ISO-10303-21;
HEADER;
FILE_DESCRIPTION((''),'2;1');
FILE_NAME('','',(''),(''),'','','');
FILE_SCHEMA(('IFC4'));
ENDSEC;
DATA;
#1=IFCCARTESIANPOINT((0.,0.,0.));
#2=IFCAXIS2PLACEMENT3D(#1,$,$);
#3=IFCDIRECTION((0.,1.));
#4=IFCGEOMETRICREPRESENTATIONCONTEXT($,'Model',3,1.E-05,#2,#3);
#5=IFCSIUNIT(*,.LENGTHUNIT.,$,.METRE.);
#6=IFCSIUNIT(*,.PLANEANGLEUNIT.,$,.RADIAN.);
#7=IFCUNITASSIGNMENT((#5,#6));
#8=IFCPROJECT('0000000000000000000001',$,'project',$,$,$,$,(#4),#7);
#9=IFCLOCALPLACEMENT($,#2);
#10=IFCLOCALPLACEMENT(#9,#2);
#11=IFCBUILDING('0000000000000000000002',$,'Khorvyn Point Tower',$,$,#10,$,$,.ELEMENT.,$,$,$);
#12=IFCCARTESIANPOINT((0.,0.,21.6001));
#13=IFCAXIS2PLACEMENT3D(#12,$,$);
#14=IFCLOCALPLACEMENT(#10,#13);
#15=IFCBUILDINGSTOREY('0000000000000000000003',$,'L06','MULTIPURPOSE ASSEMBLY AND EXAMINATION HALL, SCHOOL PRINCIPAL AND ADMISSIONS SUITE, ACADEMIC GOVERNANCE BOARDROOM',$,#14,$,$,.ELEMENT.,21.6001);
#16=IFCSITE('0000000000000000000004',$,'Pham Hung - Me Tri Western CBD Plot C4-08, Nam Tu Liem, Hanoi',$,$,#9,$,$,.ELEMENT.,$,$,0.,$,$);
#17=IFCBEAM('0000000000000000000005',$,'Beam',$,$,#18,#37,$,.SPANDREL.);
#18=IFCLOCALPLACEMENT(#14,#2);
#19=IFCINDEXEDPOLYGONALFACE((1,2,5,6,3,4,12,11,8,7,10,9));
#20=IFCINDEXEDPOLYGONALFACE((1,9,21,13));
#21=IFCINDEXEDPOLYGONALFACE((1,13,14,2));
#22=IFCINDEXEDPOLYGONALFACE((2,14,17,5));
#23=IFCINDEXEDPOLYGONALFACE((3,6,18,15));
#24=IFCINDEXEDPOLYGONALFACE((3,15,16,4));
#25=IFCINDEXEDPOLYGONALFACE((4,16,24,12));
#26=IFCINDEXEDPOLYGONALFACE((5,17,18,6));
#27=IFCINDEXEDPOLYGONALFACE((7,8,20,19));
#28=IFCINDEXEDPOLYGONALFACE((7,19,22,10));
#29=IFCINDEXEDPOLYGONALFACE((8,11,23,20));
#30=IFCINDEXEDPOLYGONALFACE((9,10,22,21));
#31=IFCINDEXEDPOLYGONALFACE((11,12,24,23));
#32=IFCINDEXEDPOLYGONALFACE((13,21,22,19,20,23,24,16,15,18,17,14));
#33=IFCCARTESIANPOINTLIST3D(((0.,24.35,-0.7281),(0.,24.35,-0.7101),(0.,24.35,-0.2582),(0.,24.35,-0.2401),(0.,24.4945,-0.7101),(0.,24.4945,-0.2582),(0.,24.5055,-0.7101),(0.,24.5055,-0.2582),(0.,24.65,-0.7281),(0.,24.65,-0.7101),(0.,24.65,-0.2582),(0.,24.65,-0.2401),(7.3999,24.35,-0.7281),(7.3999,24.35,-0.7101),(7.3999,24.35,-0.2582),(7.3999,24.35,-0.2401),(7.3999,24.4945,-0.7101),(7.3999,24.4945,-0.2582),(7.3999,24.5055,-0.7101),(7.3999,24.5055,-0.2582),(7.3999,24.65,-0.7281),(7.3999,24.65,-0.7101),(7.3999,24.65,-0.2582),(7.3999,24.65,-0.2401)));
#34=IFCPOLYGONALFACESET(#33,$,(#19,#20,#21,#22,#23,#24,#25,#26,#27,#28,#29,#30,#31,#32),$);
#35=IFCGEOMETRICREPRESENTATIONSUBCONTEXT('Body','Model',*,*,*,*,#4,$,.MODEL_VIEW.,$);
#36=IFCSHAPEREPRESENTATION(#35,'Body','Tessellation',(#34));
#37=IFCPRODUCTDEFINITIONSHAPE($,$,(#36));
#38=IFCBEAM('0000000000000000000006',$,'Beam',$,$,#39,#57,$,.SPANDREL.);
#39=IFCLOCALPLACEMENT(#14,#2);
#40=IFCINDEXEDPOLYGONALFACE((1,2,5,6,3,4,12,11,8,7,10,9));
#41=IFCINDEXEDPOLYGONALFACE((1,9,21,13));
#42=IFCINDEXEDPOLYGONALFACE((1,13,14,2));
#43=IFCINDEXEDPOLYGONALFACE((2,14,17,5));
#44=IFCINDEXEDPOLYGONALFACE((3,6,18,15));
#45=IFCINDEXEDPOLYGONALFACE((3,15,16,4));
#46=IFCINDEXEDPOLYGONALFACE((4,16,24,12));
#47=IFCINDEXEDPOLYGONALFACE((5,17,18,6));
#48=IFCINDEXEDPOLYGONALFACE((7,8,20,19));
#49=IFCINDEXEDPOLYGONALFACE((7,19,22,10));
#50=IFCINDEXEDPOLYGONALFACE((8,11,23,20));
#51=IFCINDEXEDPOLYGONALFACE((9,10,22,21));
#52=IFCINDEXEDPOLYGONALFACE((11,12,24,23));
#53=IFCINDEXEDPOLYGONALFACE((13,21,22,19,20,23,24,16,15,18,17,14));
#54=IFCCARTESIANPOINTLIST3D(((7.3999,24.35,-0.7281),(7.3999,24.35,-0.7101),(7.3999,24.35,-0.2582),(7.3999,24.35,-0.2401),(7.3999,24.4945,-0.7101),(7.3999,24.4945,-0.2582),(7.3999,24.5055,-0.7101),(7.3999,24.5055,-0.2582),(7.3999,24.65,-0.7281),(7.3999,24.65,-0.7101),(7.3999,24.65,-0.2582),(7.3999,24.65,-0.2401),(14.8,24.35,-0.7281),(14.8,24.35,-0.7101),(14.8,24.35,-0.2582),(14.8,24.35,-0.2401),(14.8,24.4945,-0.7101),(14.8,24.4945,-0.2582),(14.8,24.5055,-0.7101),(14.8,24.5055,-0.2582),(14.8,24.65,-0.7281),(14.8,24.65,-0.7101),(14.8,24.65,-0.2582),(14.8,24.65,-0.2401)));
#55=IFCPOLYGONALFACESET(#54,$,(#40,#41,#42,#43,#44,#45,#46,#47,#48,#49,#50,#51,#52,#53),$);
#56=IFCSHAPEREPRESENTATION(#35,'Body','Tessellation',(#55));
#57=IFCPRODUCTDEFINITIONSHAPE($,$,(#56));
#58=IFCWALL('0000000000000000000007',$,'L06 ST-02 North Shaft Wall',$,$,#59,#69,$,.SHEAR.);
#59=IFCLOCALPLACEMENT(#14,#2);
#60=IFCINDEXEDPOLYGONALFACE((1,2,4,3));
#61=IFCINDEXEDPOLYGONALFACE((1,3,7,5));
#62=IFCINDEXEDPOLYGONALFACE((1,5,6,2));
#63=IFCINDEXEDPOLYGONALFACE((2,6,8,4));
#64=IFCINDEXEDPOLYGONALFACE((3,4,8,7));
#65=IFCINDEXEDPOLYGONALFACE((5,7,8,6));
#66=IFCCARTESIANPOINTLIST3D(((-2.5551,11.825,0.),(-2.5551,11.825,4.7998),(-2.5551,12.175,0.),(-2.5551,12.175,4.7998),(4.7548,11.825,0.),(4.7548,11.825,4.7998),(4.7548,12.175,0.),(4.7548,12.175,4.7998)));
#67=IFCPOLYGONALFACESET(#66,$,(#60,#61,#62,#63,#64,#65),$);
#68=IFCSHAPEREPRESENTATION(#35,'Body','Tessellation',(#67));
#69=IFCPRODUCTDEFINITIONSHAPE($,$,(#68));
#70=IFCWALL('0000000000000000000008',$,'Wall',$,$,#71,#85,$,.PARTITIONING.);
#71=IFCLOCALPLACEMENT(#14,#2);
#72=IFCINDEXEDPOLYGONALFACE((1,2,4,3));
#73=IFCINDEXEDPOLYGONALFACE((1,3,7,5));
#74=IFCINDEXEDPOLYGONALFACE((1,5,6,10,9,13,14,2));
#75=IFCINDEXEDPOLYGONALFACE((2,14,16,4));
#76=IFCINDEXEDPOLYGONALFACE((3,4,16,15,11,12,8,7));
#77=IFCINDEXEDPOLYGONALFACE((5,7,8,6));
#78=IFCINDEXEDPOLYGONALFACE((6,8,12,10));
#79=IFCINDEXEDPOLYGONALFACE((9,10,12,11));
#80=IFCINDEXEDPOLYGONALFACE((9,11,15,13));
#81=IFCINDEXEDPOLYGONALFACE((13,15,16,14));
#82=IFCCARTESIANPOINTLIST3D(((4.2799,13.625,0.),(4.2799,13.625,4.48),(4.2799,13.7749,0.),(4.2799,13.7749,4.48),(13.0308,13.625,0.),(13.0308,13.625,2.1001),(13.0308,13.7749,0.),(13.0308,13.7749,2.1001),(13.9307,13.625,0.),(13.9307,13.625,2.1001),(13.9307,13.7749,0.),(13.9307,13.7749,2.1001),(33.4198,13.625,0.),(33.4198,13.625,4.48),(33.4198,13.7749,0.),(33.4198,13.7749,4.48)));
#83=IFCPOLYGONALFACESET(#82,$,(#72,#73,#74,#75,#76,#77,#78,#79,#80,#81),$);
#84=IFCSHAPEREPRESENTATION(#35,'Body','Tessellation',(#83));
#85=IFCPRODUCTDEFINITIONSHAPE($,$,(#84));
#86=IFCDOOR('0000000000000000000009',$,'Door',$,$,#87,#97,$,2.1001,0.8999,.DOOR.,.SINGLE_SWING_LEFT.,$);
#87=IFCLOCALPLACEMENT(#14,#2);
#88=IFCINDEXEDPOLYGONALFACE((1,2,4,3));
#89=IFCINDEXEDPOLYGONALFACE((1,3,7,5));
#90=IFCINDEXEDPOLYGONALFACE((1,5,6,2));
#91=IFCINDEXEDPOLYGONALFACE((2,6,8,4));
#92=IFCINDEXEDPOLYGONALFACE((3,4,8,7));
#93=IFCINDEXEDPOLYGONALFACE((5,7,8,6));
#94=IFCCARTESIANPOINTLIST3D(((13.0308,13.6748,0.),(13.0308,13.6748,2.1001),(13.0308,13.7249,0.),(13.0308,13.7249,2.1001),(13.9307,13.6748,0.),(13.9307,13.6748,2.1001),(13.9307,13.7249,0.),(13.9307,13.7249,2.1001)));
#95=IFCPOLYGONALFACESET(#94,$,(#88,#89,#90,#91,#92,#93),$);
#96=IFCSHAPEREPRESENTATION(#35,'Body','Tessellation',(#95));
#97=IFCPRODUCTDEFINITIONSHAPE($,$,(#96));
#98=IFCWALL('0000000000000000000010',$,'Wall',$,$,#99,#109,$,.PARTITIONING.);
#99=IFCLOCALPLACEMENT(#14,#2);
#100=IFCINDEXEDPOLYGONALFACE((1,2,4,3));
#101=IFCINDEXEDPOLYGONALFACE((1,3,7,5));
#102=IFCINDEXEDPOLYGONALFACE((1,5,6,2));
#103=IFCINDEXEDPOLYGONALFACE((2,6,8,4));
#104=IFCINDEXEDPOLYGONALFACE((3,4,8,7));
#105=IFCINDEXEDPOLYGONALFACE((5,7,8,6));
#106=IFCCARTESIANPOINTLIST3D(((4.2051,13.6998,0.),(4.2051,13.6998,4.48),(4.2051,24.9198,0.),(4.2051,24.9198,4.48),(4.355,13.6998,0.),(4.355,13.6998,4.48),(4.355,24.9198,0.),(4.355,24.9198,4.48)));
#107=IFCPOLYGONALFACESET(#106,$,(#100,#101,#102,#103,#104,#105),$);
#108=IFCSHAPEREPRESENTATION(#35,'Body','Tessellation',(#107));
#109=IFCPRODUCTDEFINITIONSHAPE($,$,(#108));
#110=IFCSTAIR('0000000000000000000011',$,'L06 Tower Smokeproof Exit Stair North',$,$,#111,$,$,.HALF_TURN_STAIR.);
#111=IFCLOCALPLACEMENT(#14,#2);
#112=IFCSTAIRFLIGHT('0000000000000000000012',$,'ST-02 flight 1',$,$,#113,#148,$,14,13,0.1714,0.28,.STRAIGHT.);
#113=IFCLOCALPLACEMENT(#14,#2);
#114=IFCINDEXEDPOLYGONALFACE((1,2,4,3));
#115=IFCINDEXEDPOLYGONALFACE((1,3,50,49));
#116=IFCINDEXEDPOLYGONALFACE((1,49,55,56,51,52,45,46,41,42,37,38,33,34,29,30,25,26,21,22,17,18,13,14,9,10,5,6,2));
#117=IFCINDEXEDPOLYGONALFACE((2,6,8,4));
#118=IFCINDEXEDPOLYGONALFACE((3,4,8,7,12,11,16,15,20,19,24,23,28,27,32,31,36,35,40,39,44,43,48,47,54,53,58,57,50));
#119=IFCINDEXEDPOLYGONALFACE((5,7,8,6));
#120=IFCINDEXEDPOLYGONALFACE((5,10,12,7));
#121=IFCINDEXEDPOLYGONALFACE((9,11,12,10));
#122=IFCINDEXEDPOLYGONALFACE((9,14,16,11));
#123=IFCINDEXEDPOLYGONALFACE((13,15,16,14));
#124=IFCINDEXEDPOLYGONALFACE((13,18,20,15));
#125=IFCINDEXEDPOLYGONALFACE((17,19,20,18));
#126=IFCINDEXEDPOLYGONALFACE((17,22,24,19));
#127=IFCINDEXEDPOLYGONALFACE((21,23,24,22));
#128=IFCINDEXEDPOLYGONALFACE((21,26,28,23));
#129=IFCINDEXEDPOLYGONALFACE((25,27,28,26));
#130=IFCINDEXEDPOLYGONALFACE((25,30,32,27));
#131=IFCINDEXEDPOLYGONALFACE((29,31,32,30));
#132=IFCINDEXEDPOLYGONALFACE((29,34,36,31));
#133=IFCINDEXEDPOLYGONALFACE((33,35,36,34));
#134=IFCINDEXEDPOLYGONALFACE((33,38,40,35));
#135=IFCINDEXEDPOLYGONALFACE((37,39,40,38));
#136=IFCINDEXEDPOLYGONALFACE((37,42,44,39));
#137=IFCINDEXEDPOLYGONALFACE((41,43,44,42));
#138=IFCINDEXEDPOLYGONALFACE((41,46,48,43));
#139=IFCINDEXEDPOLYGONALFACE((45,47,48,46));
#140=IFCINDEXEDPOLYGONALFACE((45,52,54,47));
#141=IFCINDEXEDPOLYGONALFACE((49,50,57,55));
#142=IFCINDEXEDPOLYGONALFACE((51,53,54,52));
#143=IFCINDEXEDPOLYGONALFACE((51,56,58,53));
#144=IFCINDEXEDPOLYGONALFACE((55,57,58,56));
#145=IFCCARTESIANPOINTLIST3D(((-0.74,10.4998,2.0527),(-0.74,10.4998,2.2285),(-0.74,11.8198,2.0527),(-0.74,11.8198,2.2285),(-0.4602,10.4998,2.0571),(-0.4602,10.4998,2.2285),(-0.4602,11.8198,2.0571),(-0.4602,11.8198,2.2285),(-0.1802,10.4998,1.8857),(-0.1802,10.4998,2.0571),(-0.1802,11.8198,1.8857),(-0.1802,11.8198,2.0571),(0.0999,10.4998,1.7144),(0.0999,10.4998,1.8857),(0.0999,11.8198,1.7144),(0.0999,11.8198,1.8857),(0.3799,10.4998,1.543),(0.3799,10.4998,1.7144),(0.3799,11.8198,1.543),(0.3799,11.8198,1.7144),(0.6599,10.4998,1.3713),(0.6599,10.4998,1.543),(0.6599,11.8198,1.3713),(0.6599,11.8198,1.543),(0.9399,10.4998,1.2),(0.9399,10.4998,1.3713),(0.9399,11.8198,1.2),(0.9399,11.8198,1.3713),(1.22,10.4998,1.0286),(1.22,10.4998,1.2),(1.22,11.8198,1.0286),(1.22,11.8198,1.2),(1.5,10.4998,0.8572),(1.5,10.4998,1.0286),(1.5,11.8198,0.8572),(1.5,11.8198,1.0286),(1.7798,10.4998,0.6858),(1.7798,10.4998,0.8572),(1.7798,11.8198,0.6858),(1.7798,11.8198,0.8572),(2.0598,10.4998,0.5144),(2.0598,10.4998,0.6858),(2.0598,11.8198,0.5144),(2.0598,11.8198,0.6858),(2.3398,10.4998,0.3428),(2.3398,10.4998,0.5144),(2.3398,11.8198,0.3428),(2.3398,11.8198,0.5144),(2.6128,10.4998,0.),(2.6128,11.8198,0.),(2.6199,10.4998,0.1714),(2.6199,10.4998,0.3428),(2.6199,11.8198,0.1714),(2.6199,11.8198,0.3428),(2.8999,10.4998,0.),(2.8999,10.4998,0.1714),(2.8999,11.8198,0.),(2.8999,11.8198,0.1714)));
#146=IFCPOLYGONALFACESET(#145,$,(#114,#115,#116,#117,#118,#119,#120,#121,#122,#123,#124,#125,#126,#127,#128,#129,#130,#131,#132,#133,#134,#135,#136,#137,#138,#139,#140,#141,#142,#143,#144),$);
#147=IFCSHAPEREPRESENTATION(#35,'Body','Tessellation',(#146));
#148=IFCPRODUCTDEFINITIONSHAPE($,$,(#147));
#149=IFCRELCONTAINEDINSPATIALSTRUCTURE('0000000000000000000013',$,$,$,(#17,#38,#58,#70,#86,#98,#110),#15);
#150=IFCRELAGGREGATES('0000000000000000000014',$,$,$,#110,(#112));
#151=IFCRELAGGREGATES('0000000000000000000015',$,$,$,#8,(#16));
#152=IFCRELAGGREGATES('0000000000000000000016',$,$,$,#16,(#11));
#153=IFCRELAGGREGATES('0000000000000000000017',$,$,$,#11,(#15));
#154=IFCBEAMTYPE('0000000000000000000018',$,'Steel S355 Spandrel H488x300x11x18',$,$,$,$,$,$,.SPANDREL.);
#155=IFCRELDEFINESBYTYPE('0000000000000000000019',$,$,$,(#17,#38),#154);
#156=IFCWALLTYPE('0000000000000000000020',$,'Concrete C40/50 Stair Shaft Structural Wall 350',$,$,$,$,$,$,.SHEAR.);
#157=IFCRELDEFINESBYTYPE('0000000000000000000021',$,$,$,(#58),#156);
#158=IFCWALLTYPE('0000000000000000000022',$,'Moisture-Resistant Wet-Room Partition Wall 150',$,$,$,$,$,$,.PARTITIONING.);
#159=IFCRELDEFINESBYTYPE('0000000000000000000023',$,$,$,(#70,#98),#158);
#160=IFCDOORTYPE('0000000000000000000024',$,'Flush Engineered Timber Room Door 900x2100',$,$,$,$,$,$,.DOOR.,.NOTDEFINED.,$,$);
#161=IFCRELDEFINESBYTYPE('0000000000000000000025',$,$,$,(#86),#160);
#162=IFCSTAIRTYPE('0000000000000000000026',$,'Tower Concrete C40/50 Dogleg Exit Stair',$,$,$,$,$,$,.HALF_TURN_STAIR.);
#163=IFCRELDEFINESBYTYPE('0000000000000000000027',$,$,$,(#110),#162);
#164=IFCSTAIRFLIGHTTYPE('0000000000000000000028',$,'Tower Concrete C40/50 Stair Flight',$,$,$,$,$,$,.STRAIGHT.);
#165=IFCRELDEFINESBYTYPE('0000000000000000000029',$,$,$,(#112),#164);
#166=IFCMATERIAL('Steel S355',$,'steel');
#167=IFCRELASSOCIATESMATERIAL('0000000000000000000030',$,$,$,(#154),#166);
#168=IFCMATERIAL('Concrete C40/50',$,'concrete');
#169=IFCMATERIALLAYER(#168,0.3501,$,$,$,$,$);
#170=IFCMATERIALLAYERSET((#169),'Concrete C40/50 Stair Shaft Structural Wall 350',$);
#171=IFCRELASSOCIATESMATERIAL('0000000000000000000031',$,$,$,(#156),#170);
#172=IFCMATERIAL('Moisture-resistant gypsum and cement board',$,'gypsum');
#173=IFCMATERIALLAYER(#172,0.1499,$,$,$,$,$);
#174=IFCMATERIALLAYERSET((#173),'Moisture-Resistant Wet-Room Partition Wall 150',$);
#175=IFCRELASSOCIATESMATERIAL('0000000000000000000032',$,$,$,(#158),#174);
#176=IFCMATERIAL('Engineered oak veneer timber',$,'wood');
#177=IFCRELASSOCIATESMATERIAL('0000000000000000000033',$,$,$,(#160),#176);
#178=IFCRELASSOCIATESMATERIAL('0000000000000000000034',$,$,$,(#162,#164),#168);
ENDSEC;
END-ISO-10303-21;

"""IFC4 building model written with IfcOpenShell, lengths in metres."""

from ifc_helpers import new_model, si_unit, direction, frame, frame_2d, origin, origin_2d, place, context, subcontext, project, spatial, polyline, rectangle, i_section, outline, extrude, material, layer, layer_set, material_profile, profile_set, type_object, element, fill, aggregate, save


model = new_model("IFC4")

# Units and contexts
model_context = context("Model", 3, precision=1e-05, world=origin(), true_north=direction((0.0, 1.0)))
body_context = subcontext(model_context, "Body", "Model", "MODEL_VIEW")
ifc_project = project(units=[si_unit("LENGTHUNIT", "METRE"), si_unit("PLANEANGLEUNIT", "RADIAN")], contexts=[model_context])

# Site, building, storey
site_placement = place(None, origin())
site = spatial("IfcSite", under=ifc_project, at=site_placement, Name="Pham Hung - Me Tri Western CBD Plot C4-08, Nam Tu Liem, Hanoi", CompositionType="ELEMENT", RefElevation=0.0)
building_placement = place(site_placement, origin())
building = spatial("IfcBuilding", under=site, at=building_placement, Name="Khorvyn Point Tower", CompositionType="ELEMENT")
storey_placement = place(building_placement, frame((0.0, 0.0, 21.6001)))
storey = spatial("IfcBuildingStorey", under=building, at=storey_placement, Name="L06", Description="MULTIPURPOSE ASSEMBLY AND EXAMINATION HALL, SCHOOL PRINCIPAL AND ADMISSIONS SUITE, ACADEMIC GOVERNANCE BOARDROOM", CompositionType="ELEMENT", Elevation=21.6001)

# Shared definitions
ifc_material_1 = material(Name="Concrete C40/50", Category="concrete")

# Beams
ifc_material_2 = material(Name="Steel S355", Category="steel")
ifc_material_profile_1 = material_profile(ifc_material_2, i_section(OverallWidth=0.3, OverallDepth=0.488, WebThickness=0.011, FlangeThickness=0.0181, at=origin_2d()))
ifc_profile_set_1 = profile_set([ifc_material_profile_1], Name="Steel S355 H488x300x11x18")
beam_type_1 = type_object("IfcBeamType", Name="Steel S355 Spandrel H488x300x11x18", PredefinedType="SPANDREL", material=ifc_profile_set_1)
beam_1_placement = place(storey_placement, frame((0.0, 24.5, -0.4841), z_axis=(1.0, 0.0, 0.0), x_axis=(0.0, 1.0, 0.0)))
element("IfcBeam", 1, at=beam_1_placement, inside=storey, type_object=beam_type_1, Name="Beam", PredefinedType="SPANDREL", context=body_context, shape_type="SweptSolid", body=[
    extrude(i_section(OverallWidth=0.3, OverallDepth=0.488, WebThickness=0.011, FlangeThickness=0.0181, at=origin_2d()), origin(), (0.0, 0.0, 1.0), 7.3999),
])
beam_2_placement = place(storey_placement, frame((7.3999, 24.5, -0.4841), z_axis=(1.0, 0.0, 0.0), x_axis=(0.0, 1.0, 0.0)))
element("IfcBeam", 2, at=beam_2_placement, inside=storey, type_object=beam_type_1, Name="Beam", PredefinedType="SPANDREL", context=body_context, shape_type="SweptSolid", body=[
    extrude(i_section(OverallWidth=0.3, OverallDepth=0.488, WebThickness=0.011, FlangeThickness=0.0181, at=origin_2d()), origin(), (0.0, 0.0, 1.0), 7.4001),
])

# Wall
ifc_layer_1 = layer(ifc_material_1, 0.3501)
ifc_layer_set_1 = layer_set([ifc_layer_1], Name="Concrete C40/50 Stair Shaft Structural Wall 350")
wall_type_1 = type_object("IfcWallType", Name="Concrete C40/50 Stair Shaft Structural Wall 350", PredefinedType="SHEAR", material=ifc_layer_set_1)
wall_1_placement = place(storey_placement, frame((-2.5549, 12.0, 0.0), z_axis=(0.0, 0.0, 1.0), x_axis=(1.0, 0.0, 0.0)))
element("IfcWall", 3, at=wall_1_placement, inside=storey, type_object=wall_type_1, Name="L06 ST-02 North Shaft Wall", PredefinedType="SHEAR", context=body_context, shape_type="SweptSolid", body=[
    extrude(rectangle(XDim=7.3098, YDim=0.3501, at=frame_2d((3.6548, 0.0))), origin(), (0.0, 0.0, 1.0), 4.7998),
])

# Wall, opening, door
ifc_material_3 = material(Name="Moisture-resistant gypsum and cement board", Category="gypsum")
ifc_layer_2 = layer(ifc_material_3, 0.1499)
ifc_layer_set_2 = layer_set([ifc_layer_2], Name="Moisture-Resistant Wet-Room Partition Wall 150")
wall_type_2 = type_object("IfcWallType", Name="Moisture-Resistant Wet-Room Partition Wall 150", PredefinedType="PARTITIONING", material=ifc_layer_set_2)
wall_2_placement = place(storey_placement, frame((4.28, 13.7, 0.0), z_axis=(0.0, 0.0, 1.0), x_axis=(1.0, 0.0, 0.0)))
wall_2 = element("IfcWall", 4, at=wall_2_placement, inside=storey, type_object=wall_type_2, Name="Wall", PredefinedType="PARTITIONING", context=body_context, shape_type="SweptSolid", body=[
    extrude(rectangle(XDim=29.1399, YDim=0.1499, at=frame_2d((14.5698, 0.0))), origin(), (0.0, 0.0, 1.0), 4.48),
])
opening_1_placement = place(wall_2_placement, frame((8.7507, 0.0, 0.0)))
opening_1 = element("IfcOpeningElement", 5, at=opening_1_placement, cuts=wall_2, PredefinedType="OPENING", context=body_context, shape_type="SweptSolid", body=[
    extrude(rectangle(XDim=0.8999, YDim=2.1001, at=frame_2d((0.45, 1.05))), frame((0.0, 0.085, 0.0), z_axis=(0.0, -1.0, 0.0), x_axis=(1.0, 0.0, 0.0)), (0.0, 0.0, 1.0), 0.1699),
])
ifc_material_4 = material(Name="Engineered oak veneer timber", Category="wood")
door_type_1 = type_object("IfcDoorType", Name="Flush Engineered Timber Room Door 900x2100", OperationType="NOTDEFINED", PredefinedType="DOOR", material=ifc_material_4)
door_1_placement = place(opening_1_placement, origin())
door_1 = element("IfcDoor", 6, at=door_1_placement, inside=storey, type_object=door_type_1, Name="Door", OperationType="SINGLE_SWING_LEFT", OverallHeight=2.1001, OverallWidth=0.8999, PredefinedType="DOOR", context=body_context, shape_type="SweptSolid", body=[
    extrude(rectangle(XDim=0.8999, YDim=2.1001, at=frame_2d((0.45, 1.05))), frame((0.0, 0.0249, 0.0), z_axis=(0.0, -1.0, 0.0), x_axis=(1.0, 0.0, 0.0)), (0.0, 0.0, 1.0), 0.05),
])
fill(opening_1, door_1)

# Wall
wall_3_placement = place(storey_placement, frame((4.28, 13.7, 0.0), z_axis=(0.0, 0.0, 1.0), x_axis=(0.0, 1.0, 0.0)))
element("IfcWall", 7, at=wall_3_placement, inside=storey, type_object=wall_type_2, Name="Wall", PredefinedType="PARTITIONING", context=body_context, shape_type="SweptSolid", body=[
    extrude(rectangle(XDim=11.22, YDim=0.1499, at=frame_2d((5.6099, 0.0))), origin(), (0.0, 0.0, 1.0), 4.48),
])

# Stair, stair flight
stair_type = type_object("IfcStairType", Name="Tower Concrete C40/50 Dogleg Exit Stair", PredefinedType="HALF_TURN_STAIR", material=ifc_material_1)
stair_placement = place(storey_placement, origin())
stair = element("IfcStair", 8, at=stair_placement, inside=storey, type_object=stair_type, Name="L06 Tower Smokeproof Exit Stair North", PredefinedType="HALF_TURN_STAIR")
stair_flight_type = type_object("IfcStairFlightType", Name="Tower Concrete C40/50 Stair Flight", PredefinedType="STRAIGHT", material=ifc_material_1)
stair_flight_1_placement = place(storey_placement, frame((2.8999, 11.1599, 0.0), z_axis=(0.0, 0.0, 1.0), x_axis=(-1.0, 0.0, 0.0)))
stair_flight_1 = element("IfcStairFlight", 9, at=stair_flight_1_placement, type_object=stair_flight_type, Name="ST-02 flight 1", NumberOfRisers=14, NumberOfTreads=13, PredefinedType="STRAIGHT", RiserHeight=0.1714, TreadLength=0.28, context=body_context, shape_type="SweptSolid", body=[
    extrude(outline(polyline([(0.0, 0.0), (0.0, 0.1714), (0.28, 0.1714), (0.28, 0.3428), (0.5601, 0.3428), (0.5601, 0.5144), (0.8401, 0.5144), (0.8401, 0.6858), (1.1201, 0.6858), (1.1201, 0.8572), (1.3999, 0.8572), (1.3999, 1.0286), (1.6799, 1.0286), (1.6799, 1.2), (1.96, 1.2), (1.96, 1.3713), (2.24, 1.3713), (2.24, 1.543), (2.52, 1.543), (2.52, 1.7144), (2.8, 1.7144), (2.8, 1.8857), (3.0801, 1.8857), (3.0801, 2.0571), (3.3601, 2.0571), (3.3601, 2.2285), (3.6399, 2.2285), (3.6399, 2.3999), (3.6399, 2.0527), (0.2871, 0.0), (0.0, 0.0)])), frame((0.0, 0.6602, 0.0), z_axis=(0.0, -1.0, 0.0), x_axis=(1.0, 0.0, 0.0)), (0.0, 0.0, 1.0), 1.3201),
])
aggregate(stair, [stair_flight_1])

save(model, "model.ifc")
